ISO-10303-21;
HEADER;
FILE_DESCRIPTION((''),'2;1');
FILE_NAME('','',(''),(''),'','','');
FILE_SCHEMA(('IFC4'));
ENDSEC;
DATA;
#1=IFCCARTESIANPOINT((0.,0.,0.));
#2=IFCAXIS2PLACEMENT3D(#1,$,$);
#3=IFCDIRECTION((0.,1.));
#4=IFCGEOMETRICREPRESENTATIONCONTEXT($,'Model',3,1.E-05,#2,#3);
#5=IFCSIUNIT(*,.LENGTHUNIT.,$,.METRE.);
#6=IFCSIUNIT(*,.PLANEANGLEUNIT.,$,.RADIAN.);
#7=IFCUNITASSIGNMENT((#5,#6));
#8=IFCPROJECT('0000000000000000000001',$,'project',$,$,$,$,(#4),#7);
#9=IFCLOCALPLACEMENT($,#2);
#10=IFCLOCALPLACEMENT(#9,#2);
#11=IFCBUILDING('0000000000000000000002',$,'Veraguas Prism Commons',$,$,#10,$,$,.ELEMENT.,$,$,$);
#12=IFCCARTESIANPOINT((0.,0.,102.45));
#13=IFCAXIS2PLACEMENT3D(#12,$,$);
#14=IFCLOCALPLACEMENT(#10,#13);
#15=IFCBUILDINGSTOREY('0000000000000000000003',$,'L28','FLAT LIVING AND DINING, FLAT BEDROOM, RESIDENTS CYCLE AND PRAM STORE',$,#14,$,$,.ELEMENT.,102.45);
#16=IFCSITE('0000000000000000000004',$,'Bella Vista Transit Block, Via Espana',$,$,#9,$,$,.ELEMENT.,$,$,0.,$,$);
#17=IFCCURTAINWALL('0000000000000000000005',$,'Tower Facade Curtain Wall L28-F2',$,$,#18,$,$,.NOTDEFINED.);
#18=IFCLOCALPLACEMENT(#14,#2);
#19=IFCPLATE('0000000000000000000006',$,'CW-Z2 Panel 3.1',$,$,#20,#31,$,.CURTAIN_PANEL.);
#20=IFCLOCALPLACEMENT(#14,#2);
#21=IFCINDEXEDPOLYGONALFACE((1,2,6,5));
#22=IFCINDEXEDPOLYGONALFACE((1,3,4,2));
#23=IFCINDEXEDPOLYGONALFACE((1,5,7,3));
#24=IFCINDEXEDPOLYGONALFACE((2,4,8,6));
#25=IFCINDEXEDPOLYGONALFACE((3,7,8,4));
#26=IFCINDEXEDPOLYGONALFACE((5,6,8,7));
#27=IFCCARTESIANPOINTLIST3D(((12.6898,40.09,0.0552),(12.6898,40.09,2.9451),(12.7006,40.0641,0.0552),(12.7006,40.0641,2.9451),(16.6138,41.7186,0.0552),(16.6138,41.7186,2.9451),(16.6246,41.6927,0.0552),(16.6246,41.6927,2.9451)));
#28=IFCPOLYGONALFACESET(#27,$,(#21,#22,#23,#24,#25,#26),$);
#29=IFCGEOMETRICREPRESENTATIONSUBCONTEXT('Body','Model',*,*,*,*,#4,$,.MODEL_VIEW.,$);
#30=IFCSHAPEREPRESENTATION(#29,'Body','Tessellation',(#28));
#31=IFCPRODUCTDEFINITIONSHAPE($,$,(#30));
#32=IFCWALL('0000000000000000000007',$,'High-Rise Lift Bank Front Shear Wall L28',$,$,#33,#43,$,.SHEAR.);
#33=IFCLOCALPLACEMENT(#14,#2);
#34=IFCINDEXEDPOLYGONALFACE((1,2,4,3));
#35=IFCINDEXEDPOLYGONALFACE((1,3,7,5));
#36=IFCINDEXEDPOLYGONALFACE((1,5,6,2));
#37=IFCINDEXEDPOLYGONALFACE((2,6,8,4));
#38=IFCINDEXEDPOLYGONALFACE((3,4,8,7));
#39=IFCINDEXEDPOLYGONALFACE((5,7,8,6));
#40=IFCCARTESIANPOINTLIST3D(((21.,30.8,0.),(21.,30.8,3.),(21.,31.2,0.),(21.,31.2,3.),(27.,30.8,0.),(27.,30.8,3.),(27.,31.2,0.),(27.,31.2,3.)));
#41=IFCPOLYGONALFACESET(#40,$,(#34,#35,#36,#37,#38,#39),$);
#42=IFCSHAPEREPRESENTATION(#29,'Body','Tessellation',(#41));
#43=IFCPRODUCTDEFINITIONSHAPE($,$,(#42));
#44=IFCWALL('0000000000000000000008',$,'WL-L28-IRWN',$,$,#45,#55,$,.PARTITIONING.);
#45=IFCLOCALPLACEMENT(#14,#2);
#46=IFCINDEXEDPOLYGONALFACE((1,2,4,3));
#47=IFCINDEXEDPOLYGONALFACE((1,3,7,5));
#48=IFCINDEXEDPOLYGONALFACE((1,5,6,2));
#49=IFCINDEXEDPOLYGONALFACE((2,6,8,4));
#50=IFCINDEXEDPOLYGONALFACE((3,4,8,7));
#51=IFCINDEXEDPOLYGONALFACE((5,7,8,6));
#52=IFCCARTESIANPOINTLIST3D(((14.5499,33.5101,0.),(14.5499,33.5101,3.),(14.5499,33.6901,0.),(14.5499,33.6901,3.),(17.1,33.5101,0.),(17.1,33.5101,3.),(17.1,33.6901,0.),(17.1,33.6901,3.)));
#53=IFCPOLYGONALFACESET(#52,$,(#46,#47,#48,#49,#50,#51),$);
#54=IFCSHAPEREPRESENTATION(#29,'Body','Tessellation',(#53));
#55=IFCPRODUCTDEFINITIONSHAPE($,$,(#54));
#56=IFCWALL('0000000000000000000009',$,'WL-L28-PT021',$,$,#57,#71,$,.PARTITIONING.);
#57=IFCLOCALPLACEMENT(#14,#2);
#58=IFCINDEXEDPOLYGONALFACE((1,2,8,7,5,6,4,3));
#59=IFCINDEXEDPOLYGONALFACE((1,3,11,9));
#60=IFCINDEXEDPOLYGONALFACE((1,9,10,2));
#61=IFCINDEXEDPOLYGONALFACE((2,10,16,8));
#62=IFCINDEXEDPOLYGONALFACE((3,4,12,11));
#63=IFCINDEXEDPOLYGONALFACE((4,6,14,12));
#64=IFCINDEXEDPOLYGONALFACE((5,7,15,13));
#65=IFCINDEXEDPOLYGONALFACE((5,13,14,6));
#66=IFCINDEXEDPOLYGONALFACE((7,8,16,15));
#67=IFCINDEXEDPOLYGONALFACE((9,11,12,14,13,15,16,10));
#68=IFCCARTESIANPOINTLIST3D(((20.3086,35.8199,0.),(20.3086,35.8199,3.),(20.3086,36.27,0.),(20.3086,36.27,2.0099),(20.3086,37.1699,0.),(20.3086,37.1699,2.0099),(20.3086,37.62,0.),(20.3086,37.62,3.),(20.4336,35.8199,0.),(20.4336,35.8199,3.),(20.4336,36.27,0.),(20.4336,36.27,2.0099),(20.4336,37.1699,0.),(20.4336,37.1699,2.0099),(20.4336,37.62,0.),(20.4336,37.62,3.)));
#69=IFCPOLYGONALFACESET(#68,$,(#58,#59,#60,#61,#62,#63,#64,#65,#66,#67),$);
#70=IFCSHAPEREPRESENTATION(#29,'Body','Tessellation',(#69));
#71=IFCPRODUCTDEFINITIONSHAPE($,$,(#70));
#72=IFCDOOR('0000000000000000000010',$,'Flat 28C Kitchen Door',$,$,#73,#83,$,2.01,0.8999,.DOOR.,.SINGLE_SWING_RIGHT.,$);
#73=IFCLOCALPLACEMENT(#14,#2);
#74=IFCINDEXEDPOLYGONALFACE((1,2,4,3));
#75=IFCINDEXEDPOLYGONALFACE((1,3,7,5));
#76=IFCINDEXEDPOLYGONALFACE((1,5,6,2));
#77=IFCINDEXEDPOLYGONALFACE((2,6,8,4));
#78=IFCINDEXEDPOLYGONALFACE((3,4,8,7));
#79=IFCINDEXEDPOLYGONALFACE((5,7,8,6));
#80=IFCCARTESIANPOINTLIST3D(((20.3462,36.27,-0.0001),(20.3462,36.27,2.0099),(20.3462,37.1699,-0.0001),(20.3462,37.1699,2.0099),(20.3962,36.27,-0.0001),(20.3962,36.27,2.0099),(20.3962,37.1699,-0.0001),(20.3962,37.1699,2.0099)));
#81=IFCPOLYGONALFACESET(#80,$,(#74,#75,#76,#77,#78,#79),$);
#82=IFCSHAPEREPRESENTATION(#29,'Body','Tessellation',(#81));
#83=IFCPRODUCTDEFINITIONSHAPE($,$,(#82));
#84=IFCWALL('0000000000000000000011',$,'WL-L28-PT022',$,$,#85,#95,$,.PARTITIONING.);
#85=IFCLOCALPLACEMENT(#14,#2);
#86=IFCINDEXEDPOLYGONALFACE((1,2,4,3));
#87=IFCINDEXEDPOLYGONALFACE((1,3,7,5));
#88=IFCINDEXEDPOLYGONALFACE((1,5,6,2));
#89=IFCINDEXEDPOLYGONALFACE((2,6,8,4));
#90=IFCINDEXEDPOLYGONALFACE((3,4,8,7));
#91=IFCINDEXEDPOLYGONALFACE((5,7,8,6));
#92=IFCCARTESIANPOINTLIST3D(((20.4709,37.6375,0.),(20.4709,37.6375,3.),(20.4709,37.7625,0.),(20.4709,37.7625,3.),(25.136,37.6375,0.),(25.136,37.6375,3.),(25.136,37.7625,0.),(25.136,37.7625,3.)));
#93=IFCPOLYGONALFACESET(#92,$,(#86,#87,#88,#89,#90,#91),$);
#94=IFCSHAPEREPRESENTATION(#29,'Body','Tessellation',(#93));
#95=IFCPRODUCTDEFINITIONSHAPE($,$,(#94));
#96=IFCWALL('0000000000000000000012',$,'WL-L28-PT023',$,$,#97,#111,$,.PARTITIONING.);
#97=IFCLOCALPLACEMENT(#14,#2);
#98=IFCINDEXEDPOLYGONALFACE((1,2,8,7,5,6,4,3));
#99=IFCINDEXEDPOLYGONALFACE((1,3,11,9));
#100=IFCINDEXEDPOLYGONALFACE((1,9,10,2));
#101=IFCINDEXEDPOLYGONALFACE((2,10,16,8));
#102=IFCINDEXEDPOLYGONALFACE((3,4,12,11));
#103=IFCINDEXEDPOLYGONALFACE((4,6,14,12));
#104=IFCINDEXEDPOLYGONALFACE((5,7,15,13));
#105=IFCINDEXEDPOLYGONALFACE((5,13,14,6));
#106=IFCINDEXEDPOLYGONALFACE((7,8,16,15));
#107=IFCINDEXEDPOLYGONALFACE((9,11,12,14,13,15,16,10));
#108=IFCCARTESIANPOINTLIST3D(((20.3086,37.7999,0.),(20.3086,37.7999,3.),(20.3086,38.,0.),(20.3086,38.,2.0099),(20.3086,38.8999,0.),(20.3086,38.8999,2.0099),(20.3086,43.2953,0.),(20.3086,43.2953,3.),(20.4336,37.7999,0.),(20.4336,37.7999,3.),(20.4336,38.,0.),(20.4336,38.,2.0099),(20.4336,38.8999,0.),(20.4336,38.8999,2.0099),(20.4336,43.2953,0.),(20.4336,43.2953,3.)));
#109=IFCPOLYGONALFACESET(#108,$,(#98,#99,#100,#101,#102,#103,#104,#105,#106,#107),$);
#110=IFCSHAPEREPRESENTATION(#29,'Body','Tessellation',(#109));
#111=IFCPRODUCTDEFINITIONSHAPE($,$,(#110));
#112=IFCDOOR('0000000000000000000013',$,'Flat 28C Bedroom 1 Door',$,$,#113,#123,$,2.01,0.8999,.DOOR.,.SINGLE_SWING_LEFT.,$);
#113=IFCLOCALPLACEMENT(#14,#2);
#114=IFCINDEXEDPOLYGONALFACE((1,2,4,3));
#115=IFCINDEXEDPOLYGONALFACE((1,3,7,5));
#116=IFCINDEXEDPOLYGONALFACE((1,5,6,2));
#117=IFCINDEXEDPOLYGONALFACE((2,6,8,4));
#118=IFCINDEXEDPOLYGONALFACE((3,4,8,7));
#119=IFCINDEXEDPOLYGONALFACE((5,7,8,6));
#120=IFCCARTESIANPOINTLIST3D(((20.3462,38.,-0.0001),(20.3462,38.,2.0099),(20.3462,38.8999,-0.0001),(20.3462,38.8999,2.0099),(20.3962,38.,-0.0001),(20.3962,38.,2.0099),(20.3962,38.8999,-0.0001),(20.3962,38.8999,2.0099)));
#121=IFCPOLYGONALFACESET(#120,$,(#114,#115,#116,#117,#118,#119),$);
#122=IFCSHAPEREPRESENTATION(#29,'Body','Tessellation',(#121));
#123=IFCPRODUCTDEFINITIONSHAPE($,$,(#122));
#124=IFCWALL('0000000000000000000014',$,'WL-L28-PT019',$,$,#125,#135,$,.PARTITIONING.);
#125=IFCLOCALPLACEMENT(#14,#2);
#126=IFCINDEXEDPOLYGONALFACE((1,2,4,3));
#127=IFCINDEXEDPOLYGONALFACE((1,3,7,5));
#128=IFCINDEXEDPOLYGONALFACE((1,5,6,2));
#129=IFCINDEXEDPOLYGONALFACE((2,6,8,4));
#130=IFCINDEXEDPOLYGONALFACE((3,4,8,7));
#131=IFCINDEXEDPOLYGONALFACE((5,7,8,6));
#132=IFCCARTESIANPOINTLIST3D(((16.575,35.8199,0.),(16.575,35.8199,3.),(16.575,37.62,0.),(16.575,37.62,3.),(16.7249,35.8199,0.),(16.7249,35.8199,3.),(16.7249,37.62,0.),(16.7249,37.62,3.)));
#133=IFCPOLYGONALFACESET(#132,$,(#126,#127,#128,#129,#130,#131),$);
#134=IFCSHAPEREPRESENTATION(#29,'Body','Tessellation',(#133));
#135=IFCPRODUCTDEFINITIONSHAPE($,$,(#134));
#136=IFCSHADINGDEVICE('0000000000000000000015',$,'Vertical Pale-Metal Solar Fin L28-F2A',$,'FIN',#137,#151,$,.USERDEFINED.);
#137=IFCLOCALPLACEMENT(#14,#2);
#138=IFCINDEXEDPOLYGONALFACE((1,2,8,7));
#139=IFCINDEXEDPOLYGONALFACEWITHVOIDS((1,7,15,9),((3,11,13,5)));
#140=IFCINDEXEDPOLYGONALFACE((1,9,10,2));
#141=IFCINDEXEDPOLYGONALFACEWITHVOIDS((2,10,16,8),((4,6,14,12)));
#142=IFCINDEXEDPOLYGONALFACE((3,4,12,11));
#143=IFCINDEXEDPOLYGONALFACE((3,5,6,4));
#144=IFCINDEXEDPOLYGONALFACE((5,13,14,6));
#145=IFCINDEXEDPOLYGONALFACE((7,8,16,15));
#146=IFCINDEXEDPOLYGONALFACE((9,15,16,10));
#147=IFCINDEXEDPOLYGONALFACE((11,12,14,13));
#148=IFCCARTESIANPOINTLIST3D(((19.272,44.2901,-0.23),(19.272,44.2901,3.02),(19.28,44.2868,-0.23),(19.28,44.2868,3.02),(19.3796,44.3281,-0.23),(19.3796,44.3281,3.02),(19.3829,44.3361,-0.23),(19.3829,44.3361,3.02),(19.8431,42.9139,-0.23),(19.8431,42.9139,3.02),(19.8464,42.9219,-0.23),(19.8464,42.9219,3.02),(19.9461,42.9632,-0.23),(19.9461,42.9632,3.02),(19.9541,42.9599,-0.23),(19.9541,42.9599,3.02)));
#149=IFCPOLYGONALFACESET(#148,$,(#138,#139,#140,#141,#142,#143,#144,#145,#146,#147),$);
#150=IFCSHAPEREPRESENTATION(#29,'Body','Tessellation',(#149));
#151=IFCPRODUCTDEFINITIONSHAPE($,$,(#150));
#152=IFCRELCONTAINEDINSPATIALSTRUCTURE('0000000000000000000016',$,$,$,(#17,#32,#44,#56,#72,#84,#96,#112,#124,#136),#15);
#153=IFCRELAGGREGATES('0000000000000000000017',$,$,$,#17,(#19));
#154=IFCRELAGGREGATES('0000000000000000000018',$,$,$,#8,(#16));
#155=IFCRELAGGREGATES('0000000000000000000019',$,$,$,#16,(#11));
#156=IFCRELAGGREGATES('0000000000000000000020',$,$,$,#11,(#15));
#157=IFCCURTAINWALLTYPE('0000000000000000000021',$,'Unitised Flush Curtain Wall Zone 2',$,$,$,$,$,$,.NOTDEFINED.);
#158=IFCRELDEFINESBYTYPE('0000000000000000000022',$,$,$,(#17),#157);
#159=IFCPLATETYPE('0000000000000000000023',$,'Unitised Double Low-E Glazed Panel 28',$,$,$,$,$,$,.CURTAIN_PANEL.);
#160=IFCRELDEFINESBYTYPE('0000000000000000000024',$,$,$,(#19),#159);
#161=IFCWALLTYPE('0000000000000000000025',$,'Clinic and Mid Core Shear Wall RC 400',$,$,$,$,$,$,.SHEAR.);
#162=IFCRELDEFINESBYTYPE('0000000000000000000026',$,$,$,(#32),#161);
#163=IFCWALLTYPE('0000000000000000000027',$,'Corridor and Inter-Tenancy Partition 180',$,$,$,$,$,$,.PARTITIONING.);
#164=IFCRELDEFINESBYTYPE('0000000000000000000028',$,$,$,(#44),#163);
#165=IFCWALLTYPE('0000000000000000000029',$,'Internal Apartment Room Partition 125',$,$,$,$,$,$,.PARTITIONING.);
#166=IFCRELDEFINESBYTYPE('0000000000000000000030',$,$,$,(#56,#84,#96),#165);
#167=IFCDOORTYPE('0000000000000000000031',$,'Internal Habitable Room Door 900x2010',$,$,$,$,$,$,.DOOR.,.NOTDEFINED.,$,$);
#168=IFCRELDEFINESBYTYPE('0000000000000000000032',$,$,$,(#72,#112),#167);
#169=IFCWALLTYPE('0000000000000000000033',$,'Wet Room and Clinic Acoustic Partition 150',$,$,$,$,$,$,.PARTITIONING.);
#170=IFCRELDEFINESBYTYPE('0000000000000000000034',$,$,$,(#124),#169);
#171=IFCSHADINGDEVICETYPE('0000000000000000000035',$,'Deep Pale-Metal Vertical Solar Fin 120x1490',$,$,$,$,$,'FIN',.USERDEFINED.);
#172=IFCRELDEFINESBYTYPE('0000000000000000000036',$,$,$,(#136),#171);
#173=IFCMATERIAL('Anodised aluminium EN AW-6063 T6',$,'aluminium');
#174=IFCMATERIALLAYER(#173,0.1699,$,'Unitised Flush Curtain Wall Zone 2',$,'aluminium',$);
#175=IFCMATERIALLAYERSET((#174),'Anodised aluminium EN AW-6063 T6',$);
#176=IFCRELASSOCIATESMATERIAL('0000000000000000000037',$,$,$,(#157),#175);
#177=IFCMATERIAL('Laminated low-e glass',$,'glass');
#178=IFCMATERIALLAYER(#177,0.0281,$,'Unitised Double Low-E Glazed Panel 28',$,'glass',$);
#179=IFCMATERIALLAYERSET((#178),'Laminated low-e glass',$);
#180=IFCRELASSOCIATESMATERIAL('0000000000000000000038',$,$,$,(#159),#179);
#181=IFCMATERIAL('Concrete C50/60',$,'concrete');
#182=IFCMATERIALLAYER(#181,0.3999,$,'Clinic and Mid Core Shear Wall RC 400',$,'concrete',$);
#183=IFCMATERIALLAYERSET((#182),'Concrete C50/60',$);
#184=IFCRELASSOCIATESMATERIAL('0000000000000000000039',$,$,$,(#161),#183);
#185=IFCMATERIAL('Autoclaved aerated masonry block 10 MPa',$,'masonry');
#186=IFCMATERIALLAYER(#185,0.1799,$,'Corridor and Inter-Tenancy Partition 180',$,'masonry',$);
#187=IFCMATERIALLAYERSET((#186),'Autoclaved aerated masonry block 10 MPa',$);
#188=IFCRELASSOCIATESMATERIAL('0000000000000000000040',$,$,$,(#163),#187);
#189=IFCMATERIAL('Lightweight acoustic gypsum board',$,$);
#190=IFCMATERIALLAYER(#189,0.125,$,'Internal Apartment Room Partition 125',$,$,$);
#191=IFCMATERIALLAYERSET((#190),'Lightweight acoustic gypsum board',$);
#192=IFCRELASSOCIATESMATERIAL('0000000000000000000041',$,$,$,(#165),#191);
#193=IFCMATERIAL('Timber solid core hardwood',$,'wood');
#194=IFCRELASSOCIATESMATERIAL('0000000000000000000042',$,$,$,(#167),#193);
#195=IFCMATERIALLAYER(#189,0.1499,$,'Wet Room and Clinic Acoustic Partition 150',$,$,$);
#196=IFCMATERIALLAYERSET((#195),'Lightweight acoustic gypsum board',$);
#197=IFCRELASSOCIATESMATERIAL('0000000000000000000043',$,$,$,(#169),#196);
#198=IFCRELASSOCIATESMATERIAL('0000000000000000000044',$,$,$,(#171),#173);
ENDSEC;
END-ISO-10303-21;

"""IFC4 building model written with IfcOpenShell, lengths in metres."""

from ifc_helpers import new_model, si_unit, direction, frame, frame_2d, origin, origin_2d, place, context, subcontext, project, spatial, rectangle, hollow_rectangle, extrude, source, transform, mapped, material, layer, layer_set, material_profile, profile_set, type_object, element, fill, aggregate, save


model = new_model("IFC4")

# Units and contexts
model_context = context("Model", 3, precision=1e-05, world=origin(), true_north=direction((0.0, 1.0)))
body_context = subcontext(model_context, "Body", "Model", "MODEL_VIEW")
ifc_project = project(units=[si_unit("LENGTHUNIT", "METRE"), si_unit("PLANEANGLEUNIT", "RADIAN")], contexts=[model_context])

# Site, building, storey
site_placement = place(None, origin())
site = spatial("IfcSite", under=ifc_project, at=site_placement, Name="Bella Vista Transit Block, Via Espana", CompositionType="ELEMENT", RefElevation=0.0)
building_placement = place(site_placement, origin())
building = spatial("IfcBuilding", under=site, at=building_placement, Name="Veraguas Prism Commons", CompositionType="ELEMENT")
storey_placement = place(building_placement, frame((0.0, 0.0, 102.45)))
storey = spatial("IfcBuildingStorey", under=building, at=storey_placement, Name="L28", Description="FLAT LIVING AND DINING, FLAT BEDROOM, RESIDENTS CYCLE AND PRAM STORE", CompositionType="ELEMENT", Elevation=102.45)

# Shared definitions
ifc_material_1 = material(Name="Concrete C50/60", Category="concrete")

# Curtain wall, plate
ifc_material_2 = material(Name="Anodised aluminium EN AW-6063 T6", Category="aluminium")
ifc_layer_1 = layer(ifc_material_2, 0.1699, Name="Unitised Flush Curtain Wall Zone 2", Category="aluminium")
ifc_layer_set_1 = layer_set([ifc_layer_1], Name="Anodised aluminium EN AW-6063 T6")
curtain_wall_type = type_object("IfcCurtainWallType", Name="Unitised Flush Curtain Wall Zone 2", PredefinedType="NOTDEFINED", material=ifc_layer_set_1)
curtain_wall_placement = place(storey_placement, origin())
curtain_wall = element("IfcCurtainWall", 1, at=curtain_wall_placement, inside=storey, type_object=curtain_wall_type, Name="Tower Facade Curtain Wall L28-F2", PredefinedType="NOTDEFINED")
ifc_material_3 = material(Name="Laminated low-e glass", Category="glass")
ifc_layer_2 = layer(ifc_material_3, 0.0281, Name="Unitised Double Low-E Glazed Panel 28", Category="glass")
ifc_layer_set_2 = layer_set([ifc_layer_2], Name="Laminated low-e glass")
plate_type = type_object("IfcPlateType", Name="Unitised Double Low-E Glazed Panel 28", PredefinedType="CURTAIN_PANEL", material=ifc_layer_set_2)
shared_shape_1 = source(origin(), body_context, "Body", "SweptSolid", [
    extrude(rectangle(XDim=4.2485, YDim=0.0281, at=origin_2d()), origin(), (0.0, 0.0, 1.0), 2.8899),
])
plate_1_placement = place(storey_placement, frame((14.6572, 40.8914, 0.0552), z_axis=(0.0, 0.0, 1.0), x_axis=(-0.923611, -0.383332, 0.0)))
plate_1 = element("IfcPlate", 2, at=plate_1_placement, type_object=plate_type, Name="CW-Z2 Panel 3.1", PredefinedType="CURTAIN_PANEL", context=body_context, shape_type="MappedRepresentation", body=[
    mapped(shared_shape_1, transform((0.0, 0.0, 0.0), scale=1.0)),
])
aggregate(curtain_wall, [plate_1])

# Walls
ifc_layer_3 = layer(ifc_material_1, 0.3999, Name="Clinic and Mid Core Shear Wall RC 400", Category="concrete")
ifc_layer_set_3 = layer_set([ifc_layer_3], Name="Concrete C50/60")
wall_type_1 = type_object("IfcWallType", Name="Clinic and Mid Core Shear Wall RC 400", PredefinedType="SHEAR", material=ifc_layer_set_3)
wall_1_placement = place(storey_placement, frame((21.0, 31.0, 0.0), z_axis=(0.0, 0.0, 1.0), x_axis=(1.0, 0.0, 0.0)))
element("IfcWall", 3, at=wall_1_placement, inside=storey, type_object=wall_type_1, Name="High-Rise Lift Bank Front Shear Wall L28", PredefinedType="SHEAR", context=body_context, shape_type="SweptSolid", body=[
    extrude(rectangle(XDim=6.0, YDim=0.3999, at=frame_2d((3.0, 0.0))), origin(), (0.0, 0.0, 1.0), 3.0),
])
ifc_material_4 = material(Name="Autoclaved aerated masonry block 10 MPa", Category="masonry")
ifc_layer_4 = layer(ifc_material_4, 0.1799, Name="Corridor and Inter-Tenancy Partition 180", Category="masonry")
ifc_layer_set_4 = layer_set([ifc_layer_4], Name="Autoclaved aerated masonry block 10 MPa")
wall_type_2 = type_object("IfcWallType", Name="Corridor and Inter-Tenancy Partition 180", PredefinedType="PARTITIONING", material=ifc_layer_set_4)
wall_2_placement = place(storey_placement, frame((14.55, 33.6001, 0.0), z_axis=(0.0, 0.0, 1.0), x_axis=(1.0, 0.0, 0.0)))
element("IfcWall", 4, at=wall_2_placement, inside=storey, type_object=wall_type_2, Name="WL-L28-IRWN", PredefinedType="PARTITIONING", context=body_context, shape_type="SweptSolid", body=[
    extrude(rectangle(XDim=2.55, YDim=0.1799, at=frame_2d((1.2749, 0.0))), origin(), (0.0, 0.0, 1.0), 3.0),
])

# Wall, opening, door
ifc_material_5 = material(Name="Lightweight acoustic gypsum board")
ifc_layer_5 = layer(ifc_material_5, 0.125, Name="Internal Apartment Room Partition 125")
ifc_layer_set_5 = layer_set([ifc_layer_5], Name="Lightweight acoustic gypsum board")
wall_type_3 = type_object("IfcWallType", Name="Internal Apartment Room Partition 125", PredefinedType="PARTITIONING", material=ifc_layer_set_5)
wall_3_placement = place(storey_placement, frame((20.3711, 35.8201, 0.0), z_axis=(0.0, 0.0, 1.0), x_axis=(0.0, 1.0, 0.0)))
wall_3 = element("IfcWall", 5, at=wall_3_placement, inside=storey, type_object=wall_type_3, Name="WL-L28-PT021", PredefinedType="PARTITIONING", context=body_context, shape_type="SweptSolid", body=[
    extrude(rectangle(XDim=1.8, YDim=0.125, at=frame_2d((0.8999, 0.0))), origin(), (0.0, 0.0, 1.0), 3.0),
])
opening_1_placement = place(wall_3_placement, frame((0.45, 0.0, 0.0)))
opening_1 = element("IfcOpeningElement", 6, at=opening_1_placement, cuts=wall_3, PredefinedType="OPENING", context=body_context, shape_type="SweptSolid", body=[
    extrude(rectangle(XDim=0.8999, YDim=2.01, at=frame_2d((0.45, 1.0049))), frame((0.0, 0.0725, 0.0), z_axis=(0.0, -1.0, 0.0), x_axis=(1.0, 0.0, 0.0)), (0.0, 0.0, 1.0), 0.145),
])
ifc_material_6 = material(Name="Timber solid core hardwood", Category="wood")
door_type = type_object("IfcDoorType", Name="Internal Habitable Room Door 900x2010", OperationType="NOTDEFINED", PredefinedType="DOOR", material=ifc_material_6)
shared_shape_2 = source(origin(), body_context, "Body", "SweptSolid", [
    extrude(rectangle(XDim=0.8999, YDim=2.01, at=frame_2d((0.45, 1.0049))), frame((0.0, 0.0249, 0.0), z_axis=(0.0, -1.0, 0.0), x_axis=(1.0, 0.0, 0.0)), (0.0, 0.0, 1.0), 0.05),
])
door_1_placement = place(opening_1_placement, origin())
door_1 = element("IfcDoor", 7, at=door_1_placement, inside=storey, type_object=door_type, Name="Flat 28C Kitchen Door", OperationType="SINGLE_SWING_RIGHT", OverallHeight=2.01, OverallWidth=0.8999, PredefinedType="DOOR", context=body_context, shape_type="MappedRepresentation", body=[
    mapped(shared_shape_2, transform((0.0, 0.0, 0.0), scale=1.0)),
])
fill(opening_1, door_1)

# Wall
wall_4_placement = place(storey_placement, frame((20.4709, 37.7, 0.0), z_axis=(0.0, 0.0, 1.0), x_axis=(1.0, 0.0, 0.0)))
element("IfcWall", 8, at=wall_4_placement, inside=storey, type_object=wall_type_3, Name="WL-L28-PT022", PredefinedType="PARTITIONING", context=body_context, shape_type="SweptSolid", body=[
    extrude(rectangle(XDim=4.665, YDim=0.125, at=frame_2d((2.3325, 0.0))), origin(), (0.0, 0.0, 1.0), 3.0),
])

# Wall, opening, door
wall_5_placement = place(storey_placement, frame((20.3711, 37.8, 0.0), z_axis=(0.0, 0.0, 1.0), x_axis=(0.0, 1.0, 0.0)))
wall_5 = element("IfcWall", 9, at=wall_5_placement, inside=storey, type_object=wall_type_3, Name="WL-L28-PT023", PredefinedType="PARTITIONING", context=body_context, shape_type="SweptSolid", body=[
    extrude(rectangle(XDim=5.4954, YDim=0.125, at=frame_2d((2.7476, 0.0))), origin(), (0.0, 0.0, 1.0), 3.0),
])
opening_2_placement = place(wall_5_placement, frame((0.2, 0.0, 0.0)))
opening_2 = element("IfcOpeningElement", 10, at=opening_2_placement, cuts=wall_5, PredefinedType="OPENING", context=body_context, shape_type="SweptSolid", body=[
    extrude(rectangle(XDim=0.8999, YDim=2.01, at=frame_2d((0.45, 1.0049))), frame((0.0, 0.0725, 0.0), z_axis=(0.0, -1.0, 0.0), x_axis=(1.0, 0.0, 0.0)), (0.0, 0.0, 1.0), 0.145),
])
door_2_placement = place(opening_2_placement, origin())
door_2 = element("IfcDoor", 11, at=door_2_placement, inside=storey, type_object=door_type, Name="Flat 28C Bedroom 1 Door", OperationType="SINGLE_SWING_LEFT", OverallHeight=2.01, OverallWidth=0.8999, PredefinedType="DOOR", context=body_context, shape_type="MappedRepresentation", body=[
    mapped(shared_shape_2, transform((0.0, 0.0, 0.0), scale=1.0)),
])
fill(opening_2, door_2)

# Wall
ifc_layer_6 = layer(ifc_material_5, 0.1499, Name="Wet Room and Clinic Acoustic Partition 150")
ifc_layer_set_6 = layer_set([ifc_layer_6], Name="Lightweight acoustic gypsum board")
wall_type_4 = type_object("IfcWallType", Name="Wet Room and Clinic Acoustic Partition 150", PredefinedType="PARTITIONING", material=ifc_layer_set_6)
wall_6_placement = place(storey_placement, frame((16.6499, 35.8201, 0.0), z_axis=(0.0, 0.0, 1.0), x_axis=(0.0, 1.0, 0.0)))
element("IfcWall", 12, at=wall_6_placement, inside=storey, type_object=wall_type_4, Name="WL-L28-PT019", PredefinedType="PARTITIONING", context=body_context, shape_type="SweptSolid", body=[
    extrude(rectangle(XDim=1.8, YDim=0.1499, at=frame_2d((0.8999, 0.0))), origin(), (0.0, 0.0, 1.0), 3.0),
])

# Shading device
ifc_material_profile_1 = material_profile(ifc_material_2, hollow_rectangle(XDim=0.1201, YDim=1.49, WallThickness=0.0061, at=origin_2d()), Name="FIN120X1490X6")
ifc_profile_set_1 = profile_set([ifc_material_profile_1], Name="Anodised aluminium EN AW-6063 T6")
shading_device_type = type_object("IfcShadingDeviceType", Name="Deep Pale-Metal Vertical Solar Fin 120x1490", ElementType="FIN", PredefinedType="USERDEFINED", material=ifc_profile_set_1)
shading_device_placement = place(storey_placement, frame((19.613, 43.625, -0.23), z_axis=(0.0, 0.0, 1.0), x_axis=(-0.923611, -0.383332, 0.0)))
element("IfcShadingDevice", 13, at=shading_device_placement, inside=storey, type_object=shading_device_type, Name="Vertical Pale-Metal Solar Fin L28-F2A", ObjectType="FIN", PredefinedType="USERDEFINED", context=body_context, shape_type="SweptSolid", body=[
    extrude(hollow_rectangle(XDim=0.1201, YDim=1.49, WallThickness=0.0061, at=origin_2d()), origin(), (0.0, 0.0, 1.0), 3.25),
])

save(model, "model.ifc")
